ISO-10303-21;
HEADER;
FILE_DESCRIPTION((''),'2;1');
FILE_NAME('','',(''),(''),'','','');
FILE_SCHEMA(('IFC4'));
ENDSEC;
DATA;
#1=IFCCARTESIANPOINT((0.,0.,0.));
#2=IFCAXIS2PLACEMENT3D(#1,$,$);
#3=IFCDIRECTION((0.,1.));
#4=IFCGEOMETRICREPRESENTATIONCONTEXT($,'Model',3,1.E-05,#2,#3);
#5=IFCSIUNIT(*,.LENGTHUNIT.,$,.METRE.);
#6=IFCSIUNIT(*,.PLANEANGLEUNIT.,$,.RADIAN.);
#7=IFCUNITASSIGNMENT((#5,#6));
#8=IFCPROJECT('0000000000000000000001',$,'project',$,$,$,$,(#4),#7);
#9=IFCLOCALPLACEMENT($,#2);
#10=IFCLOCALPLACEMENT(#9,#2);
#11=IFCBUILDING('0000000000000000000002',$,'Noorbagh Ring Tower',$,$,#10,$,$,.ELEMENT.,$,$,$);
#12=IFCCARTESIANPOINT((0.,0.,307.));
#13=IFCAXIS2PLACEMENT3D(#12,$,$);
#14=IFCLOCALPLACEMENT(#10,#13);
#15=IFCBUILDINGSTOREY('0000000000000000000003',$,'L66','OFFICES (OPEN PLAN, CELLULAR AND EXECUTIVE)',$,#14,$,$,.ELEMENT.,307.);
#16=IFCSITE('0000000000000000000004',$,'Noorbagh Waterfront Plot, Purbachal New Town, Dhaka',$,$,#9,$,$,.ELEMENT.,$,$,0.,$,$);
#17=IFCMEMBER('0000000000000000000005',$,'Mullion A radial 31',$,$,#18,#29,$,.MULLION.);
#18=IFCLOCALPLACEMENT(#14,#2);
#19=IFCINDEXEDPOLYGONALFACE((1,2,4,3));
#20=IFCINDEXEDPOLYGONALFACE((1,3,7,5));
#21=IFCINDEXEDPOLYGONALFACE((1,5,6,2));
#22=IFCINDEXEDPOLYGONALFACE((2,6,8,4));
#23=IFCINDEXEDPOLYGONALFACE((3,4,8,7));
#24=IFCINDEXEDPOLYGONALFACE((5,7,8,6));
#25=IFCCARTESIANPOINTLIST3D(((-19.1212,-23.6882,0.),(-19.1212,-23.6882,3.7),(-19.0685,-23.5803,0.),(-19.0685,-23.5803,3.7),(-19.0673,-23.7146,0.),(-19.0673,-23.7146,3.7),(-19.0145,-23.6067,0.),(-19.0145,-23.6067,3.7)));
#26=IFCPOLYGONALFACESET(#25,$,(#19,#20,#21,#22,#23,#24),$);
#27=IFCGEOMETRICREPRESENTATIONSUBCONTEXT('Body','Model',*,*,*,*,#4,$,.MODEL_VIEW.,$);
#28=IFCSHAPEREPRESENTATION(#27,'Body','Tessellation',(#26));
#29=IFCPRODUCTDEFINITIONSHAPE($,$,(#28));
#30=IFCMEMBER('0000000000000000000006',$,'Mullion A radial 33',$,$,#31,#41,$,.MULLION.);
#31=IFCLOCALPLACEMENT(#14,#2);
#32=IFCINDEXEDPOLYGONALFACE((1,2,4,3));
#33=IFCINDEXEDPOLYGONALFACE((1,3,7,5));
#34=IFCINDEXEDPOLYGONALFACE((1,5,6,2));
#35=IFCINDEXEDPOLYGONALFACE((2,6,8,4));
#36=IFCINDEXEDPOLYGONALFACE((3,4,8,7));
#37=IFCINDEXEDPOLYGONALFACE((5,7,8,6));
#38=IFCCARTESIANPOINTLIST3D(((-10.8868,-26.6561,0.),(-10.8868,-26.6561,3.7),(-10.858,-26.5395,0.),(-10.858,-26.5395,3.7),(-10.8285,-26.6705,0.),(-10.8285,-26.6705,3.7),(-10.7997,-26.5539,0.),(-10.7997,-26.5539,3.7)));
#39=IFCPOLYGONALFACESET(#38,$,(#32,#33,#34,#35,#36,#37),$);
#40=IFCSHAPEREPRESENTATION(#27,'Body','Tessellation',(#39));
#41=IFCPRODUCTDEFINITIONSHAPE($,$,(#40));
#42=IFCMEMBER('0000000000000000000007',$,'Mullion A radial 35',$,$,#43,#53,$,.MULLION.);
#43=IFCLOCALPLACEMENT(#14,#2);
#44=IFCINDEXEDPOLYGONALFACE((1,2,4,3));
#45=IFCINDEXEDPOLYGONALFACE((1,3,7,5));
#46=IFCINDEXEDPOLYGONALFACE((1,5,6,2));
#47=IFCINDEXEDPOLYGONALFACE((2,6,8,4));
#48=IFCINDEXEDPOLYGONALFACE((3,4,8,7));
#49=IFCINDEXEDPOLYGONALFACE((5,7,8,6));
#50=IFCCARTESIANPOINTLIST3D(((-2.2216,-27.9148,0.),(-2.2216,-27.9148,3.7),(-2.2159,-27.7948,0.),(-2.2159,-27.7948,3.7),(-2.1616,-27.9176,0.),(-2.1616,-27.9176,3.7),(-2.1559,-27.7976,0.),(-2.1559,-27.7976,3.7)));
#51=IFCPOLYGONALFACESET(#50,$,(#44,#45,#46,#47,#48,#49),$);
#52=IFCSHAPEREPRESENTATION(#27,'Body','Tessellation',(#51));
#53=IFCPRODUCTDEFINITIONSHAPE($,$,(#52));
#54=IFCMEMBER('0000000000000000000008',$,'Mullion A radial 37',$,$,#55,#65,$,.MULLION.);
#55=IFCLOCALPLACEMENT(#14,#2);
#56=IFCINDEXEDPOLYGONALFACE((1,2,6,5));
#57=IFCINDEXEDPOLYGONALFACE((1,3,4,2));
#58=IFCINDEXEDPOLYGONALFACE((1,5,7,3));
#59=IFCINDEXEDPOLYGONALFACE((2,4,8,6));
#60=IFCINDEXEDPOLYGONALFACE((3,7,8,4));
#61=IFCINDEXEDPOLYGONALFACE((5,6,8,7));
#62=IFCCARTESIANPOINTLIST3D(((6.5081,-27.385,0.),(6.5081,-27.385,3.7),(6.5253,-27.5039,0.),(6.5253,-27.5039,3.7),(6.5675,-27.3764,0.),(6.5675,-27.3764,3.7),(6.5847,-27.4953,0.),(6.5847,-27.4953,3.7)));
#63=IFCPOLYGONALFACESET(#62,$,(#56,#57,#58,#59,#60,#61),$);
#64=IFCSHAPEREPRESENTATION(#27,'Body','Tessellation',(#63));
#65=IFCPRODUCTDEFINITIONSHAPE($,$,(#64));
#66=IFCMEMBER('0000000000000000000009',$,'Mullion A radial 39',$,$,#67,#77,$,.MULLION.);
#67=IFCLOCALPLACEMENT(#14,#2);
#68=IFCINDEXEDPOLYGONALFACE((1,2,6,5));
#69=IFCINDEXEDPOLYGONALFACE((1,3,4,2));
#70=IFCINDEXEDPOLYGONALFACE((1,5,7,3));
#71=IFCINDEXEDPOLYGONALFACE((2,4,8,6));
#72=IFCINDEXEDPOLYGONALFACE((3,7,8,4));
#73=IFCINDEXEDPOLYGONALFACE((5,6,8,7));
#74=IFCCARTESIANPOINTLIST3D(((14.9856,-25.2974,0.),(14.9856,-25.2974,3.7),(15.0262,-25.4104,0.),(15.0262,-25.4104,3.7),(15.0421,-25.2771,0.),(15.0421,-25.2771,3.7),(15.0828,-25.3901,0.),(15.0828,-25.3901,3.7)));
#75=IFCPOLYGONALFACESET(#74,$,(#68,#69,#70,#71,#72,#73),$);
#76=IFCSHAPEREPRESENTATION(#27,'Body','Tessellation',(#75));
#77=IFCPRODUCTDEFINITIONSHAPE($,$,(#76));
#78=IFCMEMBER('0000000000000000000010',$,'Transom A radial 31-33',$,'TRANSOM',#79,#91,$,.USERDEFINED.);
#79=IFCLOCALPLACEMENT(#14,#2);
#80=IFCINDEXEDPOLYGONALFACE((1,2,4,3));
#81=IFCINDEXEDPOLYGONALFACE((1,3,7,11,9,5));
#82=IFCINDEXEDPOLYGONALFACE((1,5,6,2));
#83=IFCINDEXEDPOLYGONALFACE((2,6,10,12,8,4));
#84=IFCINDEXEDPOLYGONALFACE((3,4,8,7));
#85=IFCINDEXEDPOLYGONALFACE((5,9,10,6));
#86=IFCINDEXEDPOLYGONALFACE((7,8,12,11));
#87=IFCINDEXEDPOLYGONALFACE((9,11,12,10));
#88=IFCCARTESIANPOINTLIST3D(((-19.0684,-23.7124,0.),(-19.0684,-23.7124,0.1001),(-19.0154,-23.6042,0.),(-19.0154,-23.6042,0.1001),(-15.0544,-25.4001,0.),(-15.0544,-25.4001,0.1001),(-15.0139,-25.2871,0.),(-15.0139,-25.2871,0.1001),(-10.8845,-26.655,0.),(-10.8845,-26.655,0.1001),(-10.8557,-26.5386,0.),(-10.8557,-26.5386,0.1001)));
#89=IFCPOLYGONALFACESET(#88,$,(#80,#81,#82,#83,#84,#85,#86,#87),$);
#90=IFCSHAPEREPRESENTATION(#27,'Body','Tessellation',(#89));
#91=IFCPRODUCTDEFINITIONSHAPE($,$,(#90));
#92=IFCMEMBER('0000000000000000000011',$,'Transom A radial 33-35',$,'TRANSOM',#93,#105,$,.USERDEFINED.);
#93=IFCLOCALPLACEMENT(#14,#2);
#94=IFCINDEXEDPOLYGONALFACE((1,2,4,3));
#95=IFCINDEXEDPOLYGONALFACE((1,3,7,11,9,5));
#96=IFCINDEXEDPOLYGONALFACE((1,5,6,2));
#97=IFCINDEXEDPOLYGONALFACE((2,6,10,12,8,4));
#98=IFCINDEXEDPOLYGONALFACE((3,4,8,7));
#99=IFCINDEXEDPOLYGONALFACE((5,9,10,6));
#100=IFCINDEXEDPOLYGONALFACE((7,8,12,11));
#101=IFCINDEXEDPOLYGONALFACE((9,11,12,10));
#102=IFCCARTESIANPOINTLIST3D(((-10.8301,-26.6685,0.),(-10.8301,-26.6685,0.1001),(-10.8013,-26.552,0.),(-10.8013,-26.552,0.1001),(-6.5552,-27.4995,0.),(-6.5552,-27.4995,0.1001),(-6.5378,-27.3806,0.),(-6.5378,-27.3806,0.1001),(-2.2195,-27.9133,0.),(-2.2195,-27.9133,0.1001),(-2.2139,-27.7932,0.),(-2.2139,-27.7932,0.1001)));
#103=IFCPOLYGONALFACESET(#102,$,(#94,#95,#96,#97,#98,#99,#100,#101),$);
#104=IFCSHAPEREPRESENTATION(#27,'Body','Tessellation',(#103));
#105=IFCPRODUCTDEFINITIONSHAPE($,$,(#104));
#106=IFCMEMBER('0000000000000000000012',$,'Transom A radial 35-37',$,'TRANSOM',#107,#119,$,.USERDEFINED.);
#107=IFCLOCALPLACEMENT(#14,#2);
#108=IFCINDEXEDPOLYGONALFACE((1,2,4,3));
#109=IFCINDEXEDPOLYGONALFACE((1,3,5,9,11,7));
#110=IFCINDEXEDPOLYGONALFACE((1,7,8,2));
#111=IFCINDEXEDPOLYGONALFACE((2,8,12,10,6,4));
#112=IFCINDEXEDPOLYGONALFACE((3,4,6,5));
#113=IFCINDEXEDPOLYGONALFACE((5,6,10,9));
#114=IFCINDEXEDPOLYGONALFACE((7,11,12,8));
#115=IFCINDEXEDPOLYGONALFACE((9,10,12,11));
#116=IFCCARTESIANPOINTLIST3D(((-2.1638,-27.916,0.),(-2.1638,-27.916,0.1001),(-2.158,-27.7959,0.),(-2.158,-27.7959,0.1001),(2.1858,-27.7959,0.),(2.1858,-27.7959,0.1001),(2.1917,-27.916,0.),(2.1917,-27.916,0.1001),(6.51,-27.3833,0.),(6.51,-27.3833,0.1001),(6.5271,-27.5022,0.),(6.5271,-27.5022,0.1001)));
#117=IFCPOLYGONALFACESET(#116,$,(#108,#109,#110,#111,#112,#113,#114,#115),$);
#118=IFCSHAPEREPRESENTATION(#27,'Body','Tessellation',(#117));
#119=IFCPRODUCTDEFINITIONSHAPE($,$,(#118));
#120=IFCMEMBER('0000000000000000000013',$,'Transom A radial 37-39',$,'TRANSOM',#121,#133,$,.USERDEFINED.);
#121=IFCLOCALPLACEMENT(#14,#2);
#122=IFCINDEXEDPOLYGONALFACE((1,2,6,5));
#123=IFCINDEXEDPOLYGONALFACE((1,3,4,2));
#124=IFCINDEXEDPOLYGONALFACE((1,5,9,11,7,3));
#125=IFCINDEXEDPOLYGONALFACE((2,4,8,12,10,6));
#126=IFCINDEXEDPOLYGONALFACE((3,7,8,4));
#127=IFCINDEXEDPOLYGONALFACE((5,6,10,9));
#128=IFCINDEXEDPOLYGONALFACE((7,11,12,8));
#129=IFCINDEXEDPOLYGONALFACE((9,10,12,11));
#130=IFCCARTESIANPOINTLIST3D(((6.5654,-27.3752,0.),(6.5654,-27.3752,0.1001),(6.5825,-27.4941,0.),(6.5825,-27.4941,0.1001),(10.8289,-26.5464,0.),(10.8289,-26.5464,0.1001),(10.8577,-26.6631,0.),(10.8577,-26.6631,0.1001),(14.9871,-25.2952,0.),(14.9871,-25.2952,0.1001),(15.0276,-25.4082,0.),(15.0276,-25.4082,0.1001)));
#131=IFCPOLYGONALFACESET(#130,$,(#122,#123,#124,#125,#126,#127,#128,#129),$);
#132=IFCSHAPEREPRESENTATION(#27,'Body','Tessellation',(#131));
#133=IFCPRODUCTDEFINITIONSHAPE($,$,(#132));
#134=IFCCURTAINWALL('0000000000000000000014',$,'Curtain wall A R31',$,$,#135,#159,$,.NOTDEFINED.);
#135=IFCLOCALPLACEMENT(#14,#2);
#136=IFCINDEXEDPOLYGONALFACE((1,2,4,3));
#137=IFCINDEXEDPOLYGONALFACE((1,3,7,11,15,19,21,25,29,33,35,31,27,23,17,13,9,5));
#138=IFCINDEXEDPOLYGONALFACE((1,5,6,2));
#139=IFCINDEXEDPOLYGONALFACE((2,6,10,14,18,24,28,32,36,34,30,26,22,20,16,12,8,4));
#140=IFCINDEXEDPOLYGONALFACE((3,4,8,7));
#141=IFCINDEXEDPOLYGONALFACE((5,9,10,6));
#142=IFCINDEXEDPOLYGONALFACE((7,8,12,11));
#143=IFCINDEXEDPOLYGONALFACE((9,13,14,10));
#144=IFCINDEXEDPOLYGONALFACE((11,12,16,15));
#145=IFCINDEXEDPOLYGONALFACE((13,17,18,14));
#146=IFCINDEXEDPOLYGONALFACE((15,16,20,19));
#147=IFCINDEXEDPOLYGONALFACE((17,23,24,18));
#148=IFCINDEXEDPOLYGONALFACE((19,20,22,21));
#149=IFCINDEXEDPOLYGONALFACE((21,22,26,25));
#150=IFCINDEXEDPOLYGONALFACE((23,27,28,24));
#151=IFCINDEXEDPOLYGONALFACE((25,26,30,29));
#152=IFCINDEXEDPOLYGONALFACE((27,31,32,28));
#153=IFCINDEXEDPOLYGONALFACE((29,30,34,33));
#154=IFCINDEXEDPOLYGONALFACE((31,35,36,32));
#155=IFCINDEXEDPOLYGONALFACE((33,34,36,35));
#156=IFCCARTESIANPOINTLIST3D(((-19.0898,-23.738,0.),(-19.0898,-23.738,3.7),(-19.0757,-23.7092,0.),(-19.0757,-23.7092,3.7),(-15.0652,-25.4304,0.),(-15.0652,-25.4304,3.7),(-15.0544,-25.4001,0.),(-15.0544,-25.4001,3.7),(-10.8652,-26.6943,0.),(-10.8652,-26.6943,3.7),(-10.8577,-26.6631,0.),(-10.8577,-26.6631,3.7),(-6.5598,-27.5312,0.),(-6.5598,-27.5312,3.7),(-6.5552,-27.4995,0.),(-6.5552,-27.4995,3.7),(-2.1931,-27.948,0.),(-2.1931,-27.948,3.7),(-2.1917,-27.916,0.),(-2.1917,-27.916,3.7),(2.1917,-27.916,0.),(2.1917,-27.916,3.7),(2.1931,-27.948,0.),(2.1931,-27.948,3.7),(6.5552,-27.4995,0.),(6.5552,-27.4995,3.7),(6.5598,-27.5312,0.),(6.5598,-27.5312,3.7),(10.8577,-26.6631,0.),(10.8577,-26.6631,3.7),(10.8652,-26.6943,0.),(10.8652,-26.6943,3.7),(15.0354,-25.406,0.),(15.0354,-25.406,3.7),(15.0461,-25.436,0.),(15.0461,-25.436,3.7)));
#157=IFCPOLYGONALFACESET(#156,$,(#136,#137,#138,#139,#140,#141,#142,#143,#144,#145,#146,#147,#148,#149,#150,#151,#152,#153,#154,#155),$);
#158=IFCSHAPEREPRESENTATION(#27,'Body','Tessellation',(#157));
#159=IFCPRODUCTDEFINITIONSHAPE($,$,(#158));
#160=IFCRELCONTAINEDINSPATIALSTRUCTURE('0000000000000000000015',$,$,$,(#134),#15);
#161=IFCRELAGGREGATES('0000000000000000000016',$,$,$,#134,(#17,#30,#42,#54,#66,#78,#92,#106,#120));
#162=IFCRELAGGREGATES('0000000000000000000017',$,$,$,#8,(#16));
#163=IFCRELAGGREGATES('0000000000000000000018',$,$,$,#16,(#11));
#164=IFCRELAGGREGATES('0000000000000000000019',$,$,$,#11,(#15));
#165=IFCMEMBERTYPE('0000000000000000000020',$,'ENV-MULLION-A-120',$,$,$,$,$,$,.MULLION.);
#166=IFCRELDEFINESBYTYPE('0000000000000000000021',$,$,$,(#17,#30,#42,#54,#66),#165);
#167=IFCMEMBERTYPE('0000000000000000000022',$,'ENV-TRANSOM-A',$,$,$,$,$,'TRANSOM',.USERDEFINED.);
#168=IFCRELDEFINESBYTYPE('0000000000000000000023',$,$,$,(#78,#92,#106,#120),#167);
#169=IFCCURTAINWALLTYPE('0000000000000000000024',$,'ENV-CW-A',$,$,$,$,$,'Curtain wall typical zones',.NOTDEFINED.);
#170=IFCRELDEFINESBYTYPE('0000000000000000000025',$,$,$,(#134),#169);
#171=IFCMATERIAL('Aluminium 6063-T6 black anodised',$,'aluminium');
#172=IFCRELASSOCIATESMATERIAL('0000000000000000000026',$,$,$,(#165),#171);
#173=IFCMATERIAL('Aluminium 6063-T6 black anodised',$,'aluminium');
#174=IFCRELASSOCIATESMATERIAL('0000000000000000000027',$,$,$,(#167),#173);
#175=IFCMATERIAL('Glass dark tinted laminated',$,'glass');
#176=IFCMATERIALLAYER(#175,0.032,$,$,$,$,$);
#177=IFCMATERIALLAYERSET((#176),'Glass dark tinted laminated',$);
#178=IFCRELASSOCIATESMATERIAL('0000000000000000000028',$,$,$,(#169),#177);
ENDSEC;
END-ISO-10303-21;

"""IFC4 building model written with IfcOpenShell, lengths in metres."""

from ifc_helpers import new_model, si_unit, direction, frame, origin, origin_2d, place, context, subcontext, project, spatial, polyline, rectangle, outline, extrude, material, layer, layer_set, material_profile, profile_set, type_object, element, aggregate, save


model = new_model("IFC4")

# Units and contexts
model_context = context("Model", 3, precision=1e-05, world=origin(), true_north=direction((0.0, 1.0)))
body_context = subcontext(model_context, "Body", "Model", "MODEL_VIEW")
ifc_project = project(units=[si_unit("LENGTHUNIT", "METRE"), si_unit("PLANEANGLEUNIT", "RADIAN")], contexts=[model_context])

# Members
ifc_material_1 = material(Name="Aluminium 6063-T6 black anodised", Category="aluminium")
ifc_material_profile_1 = material_profile(ifc_material_1, rectangle(XDim=0.1201, YDim=0.0601, at=origin_2d()), Name="120x60")
ifc_profile_set_1 = profile_set([ifc_material_profile_1], Name="Aluminium 6063-T6 black anodised")
member_type_1 = type_object("IfcMemberType", Name="ENV-MULLION-A-120", PredefinedType="MULLION", material=ifc_profile_set_1)
site_placement = place(None, origin())
building_placement = place(site_placement, origin())
storey_placement = place(building_placement, frame((0.0, 0.0, 307.0)))
member_1_placement = place(storey_placement, frame((-19.0679, -23.6475, 0.0), z_axis=(0.0, 0.0, 1.0), x_axis=(0.439238, 0.898371, 0.0)))
member_1 = element("IfcMember", 1, at=member_1_placement, type_object=member_type_1, Name="Mullion A radial 31", PredefinedType="MULLION", context=body_context, shape_type="SweptSolid", body=[
    extrude(rectangle(XDim=0.1201, YDim=0.0601, at=origin_2d()), origin(), (0.0, 0.0, 1.0), 3.7),
])
member_2_placement = place(storey_placement, frame((-10.8433, -26.605, 0.0), z_axis=(0.0, 0.0, 1.0), x_axis=(0.239799, 0.970823, 0.0)))
member_2 = element("IfcMember", 2, at=member_2_placement, type_object=member_type_1, Name="Mullion A radial 33", PredefinedType="MULLION", context=body_context, shape_type="SweptSolid", body=[
    extrude(rectangle(XDim=0.1201, YDim=0.0601, at=origin_2d()), origin(), (0.0, 0.0, 1.0), 3.7),
])
member_3_placement = place(storey_placement, frame((-2.1887, -27.8562, 0.0), z_axis=(0.0, 0.0, 1.0), x_axis=(0.047558, 0.998868, 0.0)))
member_3 = element("IfcMember", 3, at=member_3_placement, type_object=member_type_1, Name="Mullion A radial 35", PredefinedType="MULLION", context=body_context, shape_type="SweptSolid", body=[
    extrude(rectangle(XDim=0.1201, YDim=0.0601, at=origin_2d()), origin(), (0.0, 0.0, 1.0), 3.7),
])
member_4_placement = place(storey_placement, frame((6.5464, -27.4402, 0.0), z_axis=(0.0, 0.0, 1.0), x_axis=(-0.143082, 0.989711, 0.0)))
member_4 = element("IfcMember", 4, at=member_4_placement, type_object=member_type_1, Name="Mullion A radial 37", PredefinedType="MULLION", context=body_context, shape_type="SweptSolid", body=[
    extrude(rectangle(XDim=0.1201, YDim=0.0601, at=origin_2d()), origin(), (0.0, 0.0, 1.0), 3.7),
])
member_5_placement = place(storey_placement, frame((15.0342, -25.3438, 0.0), z_axis=(0.0, 0.0, 1.0), x_axis=(-0.338379, 0.94101, 0.0)))
member_5 = element("IfcMember", 5, at=member_5_placement, type_object=member_type_1, Name="Mullion A radial 39", PredefinedType="MULLION", context=body_context, shape_type="SweptSolid", body=[
    extrude(rectangle(XDim=0.1201, YDim=0.0601, at=origin_2d()), origin(), (0.0, 0.0, 1.0), 3.7),
])
ifc_material_2 = material(Name="Aluminium 6063-T6 black anodised", Category="aluminium")
member_type_2 = type_object("IfcMemberType", Name="ENV-TRANSOM-A", ElementType="TRANSOM", PredefinedType="USERDEFINED", material=ifc_material_2)
member_6_placement = place(storey_placement, origin())
member_6 = element("IfcMember", 6, at=member_6_placement, type_object=member_type_2, Name="Transom A radial 31-33", ObjectType="TRANSOM", PredefinedType="USERDEFINED", context=body_context, shape_type="SweptSolid", body=[
    extrude(outline(polyline([(-19.0684, -23.7124), (-15.0544, -25.4001), (-10.8845, -26.655), (-10.8557, -26.5386), (-15.0139, -25.2871), (-19.0154, -23.6042), (-19.0684, -23.7124)])), origin(), (0.0, 0.0, 1.0), 0.1001),
])
member_7_placement = place(storey_placement, origin())
member_7 = element("IfcMember", 7, at=member_7_placement, type_object=member_type_2, Name="Transom A radial 33-35", ObjectType="TRANSOM", PredefinedType="USERDEFINED", context=body_context, shape_type="SweptSolid", body=[
    extrude(outline(polyline([(-10.8301, -26.6685), (-6.5552, -27.4995), (-2.2195, -27.9133), (-2.2139, -27.7932), (-6.5378, -27.3806), (-10.8013, -26.552), (-10.8301, -26.6685)])), origin(), (0.0, 0.0, 1.0), 0.1001),
])
member_8_placement = place(storey_placement, origin())
member_8 = element("IfcMember", 8, at=member_8_placement, type_object=member_type_2, Name="Transom A radial 35-37", ObjectType="TRANSOM", PredefinedType="USERDEFINED", context=body_context, shape_type="SweptSolid", body=[
    extrude(outline(polyline([(-2.1638, -27.916), (2.1917, -27.916), (6.5271, -27.5022), (6.51, -27.3833), (2.1858, -27.7959), (-2.158, -27.7959), (-2.1638, -27.916)])), origin(), (0.0, 0.0, 1.0), 0.1001),
])
member_9_placement = place(storey_placement, origin())
member_9 = element("IfcMember", 9, at=member_9_placement, type_object=member_type_2, Name="Transom A radial 37-39", ObjectType="TRANSOM", PredefinedType="USERDEFINED", context=body_context, shape_type="SweptSolid", body=[
    extrude(outline(polyline([(6.5825, -27.4941), (10.8577, -26.6631), (15.0276, -25.4082), (14.9871, -25.2952), (10.8289, -26.5464), (6.5654, -27.3752), (6.5825, -27.4941)])), origin(), (0.0, 0.0, 1.0), 0.1001),
])

# Site, building, storey
site = spatial("IfcSite", under=ifc_project, at=site_placement, Name="Noorbagh Waterfront Plot, Purbachal New Town, Dhaka", CompositionType="ELEMENT", RefElevation=0.0)
building = spatial("IfcBuilding", under=site, at=building_placement, Name="Noorbagh Ring Tower", CompositionType="ELEMENT")
storey = spatial("IfcBuildingStorey", under=building, at=storey_placement, Name="L66", Description="OFFICES (OPEN PLAN, CELLULAR AND EXECUTIVE)", CompositionType="ELEMENT", Elevation=307.0)

# Curtain wall
ifc_material_3 = material(Name="Glass dark tinted laminated", Category="glass")
ifc_layer_1 = layer(ifc_material_3, 0.032)
ifc_layer_set_1 = layer_set([ifc_layer_1], Name="Glass dark tinted laminated")
curtain_wall_type_1 = type_object("IfcCurtainWallType", Name="ENV-CW-A", ElementType="Curtain wall typical zones", PredefinedType="NOTDEFINED", material=ifc_layer_set_1)
curtain_wall_1_placement = place(storey_placement, origin())
curtain_wall_1 = element("IfcCurtainWall", 10, at=curtain_wall_1_placement, inside=storey, type_object=curtain_wall_type_1, Name="Curtain wall A R31", PredefinedType="NOTDEFINED", context=body_context, shape_type="SweptSolid", body=[
    extrude(outline(polyline([(-19.0898, -23.738), (-15.0652, -25.4304), (-10.8652, -26.6943), (-6.5598, -27.5312), (-2.1931, -27.948), (2.1931, -27.948), (6.5598, -27.5312), (10.8652, -26.6943), (15.0461, -25.436), (15.0354, -25.406), (10.8577, -26.6631), (6.5552, -27.4995), (2.1917, -27.916), (-2.1917, -27.916), (-6.5552, -27.4995), (-10.8577, -26.6631), (-15.0544, -25.4001), (-19.0757, -23.7092), (-19.0898, -23.738)])), origin(), (0.0, 0.0, 1.0), 3.7),
])
aggregate(curtain_wall_1, [member_1, member_2, member_3, member_4, member_5, member_6, member_7, member_8, member_9])

save(model, "model.ifc")
